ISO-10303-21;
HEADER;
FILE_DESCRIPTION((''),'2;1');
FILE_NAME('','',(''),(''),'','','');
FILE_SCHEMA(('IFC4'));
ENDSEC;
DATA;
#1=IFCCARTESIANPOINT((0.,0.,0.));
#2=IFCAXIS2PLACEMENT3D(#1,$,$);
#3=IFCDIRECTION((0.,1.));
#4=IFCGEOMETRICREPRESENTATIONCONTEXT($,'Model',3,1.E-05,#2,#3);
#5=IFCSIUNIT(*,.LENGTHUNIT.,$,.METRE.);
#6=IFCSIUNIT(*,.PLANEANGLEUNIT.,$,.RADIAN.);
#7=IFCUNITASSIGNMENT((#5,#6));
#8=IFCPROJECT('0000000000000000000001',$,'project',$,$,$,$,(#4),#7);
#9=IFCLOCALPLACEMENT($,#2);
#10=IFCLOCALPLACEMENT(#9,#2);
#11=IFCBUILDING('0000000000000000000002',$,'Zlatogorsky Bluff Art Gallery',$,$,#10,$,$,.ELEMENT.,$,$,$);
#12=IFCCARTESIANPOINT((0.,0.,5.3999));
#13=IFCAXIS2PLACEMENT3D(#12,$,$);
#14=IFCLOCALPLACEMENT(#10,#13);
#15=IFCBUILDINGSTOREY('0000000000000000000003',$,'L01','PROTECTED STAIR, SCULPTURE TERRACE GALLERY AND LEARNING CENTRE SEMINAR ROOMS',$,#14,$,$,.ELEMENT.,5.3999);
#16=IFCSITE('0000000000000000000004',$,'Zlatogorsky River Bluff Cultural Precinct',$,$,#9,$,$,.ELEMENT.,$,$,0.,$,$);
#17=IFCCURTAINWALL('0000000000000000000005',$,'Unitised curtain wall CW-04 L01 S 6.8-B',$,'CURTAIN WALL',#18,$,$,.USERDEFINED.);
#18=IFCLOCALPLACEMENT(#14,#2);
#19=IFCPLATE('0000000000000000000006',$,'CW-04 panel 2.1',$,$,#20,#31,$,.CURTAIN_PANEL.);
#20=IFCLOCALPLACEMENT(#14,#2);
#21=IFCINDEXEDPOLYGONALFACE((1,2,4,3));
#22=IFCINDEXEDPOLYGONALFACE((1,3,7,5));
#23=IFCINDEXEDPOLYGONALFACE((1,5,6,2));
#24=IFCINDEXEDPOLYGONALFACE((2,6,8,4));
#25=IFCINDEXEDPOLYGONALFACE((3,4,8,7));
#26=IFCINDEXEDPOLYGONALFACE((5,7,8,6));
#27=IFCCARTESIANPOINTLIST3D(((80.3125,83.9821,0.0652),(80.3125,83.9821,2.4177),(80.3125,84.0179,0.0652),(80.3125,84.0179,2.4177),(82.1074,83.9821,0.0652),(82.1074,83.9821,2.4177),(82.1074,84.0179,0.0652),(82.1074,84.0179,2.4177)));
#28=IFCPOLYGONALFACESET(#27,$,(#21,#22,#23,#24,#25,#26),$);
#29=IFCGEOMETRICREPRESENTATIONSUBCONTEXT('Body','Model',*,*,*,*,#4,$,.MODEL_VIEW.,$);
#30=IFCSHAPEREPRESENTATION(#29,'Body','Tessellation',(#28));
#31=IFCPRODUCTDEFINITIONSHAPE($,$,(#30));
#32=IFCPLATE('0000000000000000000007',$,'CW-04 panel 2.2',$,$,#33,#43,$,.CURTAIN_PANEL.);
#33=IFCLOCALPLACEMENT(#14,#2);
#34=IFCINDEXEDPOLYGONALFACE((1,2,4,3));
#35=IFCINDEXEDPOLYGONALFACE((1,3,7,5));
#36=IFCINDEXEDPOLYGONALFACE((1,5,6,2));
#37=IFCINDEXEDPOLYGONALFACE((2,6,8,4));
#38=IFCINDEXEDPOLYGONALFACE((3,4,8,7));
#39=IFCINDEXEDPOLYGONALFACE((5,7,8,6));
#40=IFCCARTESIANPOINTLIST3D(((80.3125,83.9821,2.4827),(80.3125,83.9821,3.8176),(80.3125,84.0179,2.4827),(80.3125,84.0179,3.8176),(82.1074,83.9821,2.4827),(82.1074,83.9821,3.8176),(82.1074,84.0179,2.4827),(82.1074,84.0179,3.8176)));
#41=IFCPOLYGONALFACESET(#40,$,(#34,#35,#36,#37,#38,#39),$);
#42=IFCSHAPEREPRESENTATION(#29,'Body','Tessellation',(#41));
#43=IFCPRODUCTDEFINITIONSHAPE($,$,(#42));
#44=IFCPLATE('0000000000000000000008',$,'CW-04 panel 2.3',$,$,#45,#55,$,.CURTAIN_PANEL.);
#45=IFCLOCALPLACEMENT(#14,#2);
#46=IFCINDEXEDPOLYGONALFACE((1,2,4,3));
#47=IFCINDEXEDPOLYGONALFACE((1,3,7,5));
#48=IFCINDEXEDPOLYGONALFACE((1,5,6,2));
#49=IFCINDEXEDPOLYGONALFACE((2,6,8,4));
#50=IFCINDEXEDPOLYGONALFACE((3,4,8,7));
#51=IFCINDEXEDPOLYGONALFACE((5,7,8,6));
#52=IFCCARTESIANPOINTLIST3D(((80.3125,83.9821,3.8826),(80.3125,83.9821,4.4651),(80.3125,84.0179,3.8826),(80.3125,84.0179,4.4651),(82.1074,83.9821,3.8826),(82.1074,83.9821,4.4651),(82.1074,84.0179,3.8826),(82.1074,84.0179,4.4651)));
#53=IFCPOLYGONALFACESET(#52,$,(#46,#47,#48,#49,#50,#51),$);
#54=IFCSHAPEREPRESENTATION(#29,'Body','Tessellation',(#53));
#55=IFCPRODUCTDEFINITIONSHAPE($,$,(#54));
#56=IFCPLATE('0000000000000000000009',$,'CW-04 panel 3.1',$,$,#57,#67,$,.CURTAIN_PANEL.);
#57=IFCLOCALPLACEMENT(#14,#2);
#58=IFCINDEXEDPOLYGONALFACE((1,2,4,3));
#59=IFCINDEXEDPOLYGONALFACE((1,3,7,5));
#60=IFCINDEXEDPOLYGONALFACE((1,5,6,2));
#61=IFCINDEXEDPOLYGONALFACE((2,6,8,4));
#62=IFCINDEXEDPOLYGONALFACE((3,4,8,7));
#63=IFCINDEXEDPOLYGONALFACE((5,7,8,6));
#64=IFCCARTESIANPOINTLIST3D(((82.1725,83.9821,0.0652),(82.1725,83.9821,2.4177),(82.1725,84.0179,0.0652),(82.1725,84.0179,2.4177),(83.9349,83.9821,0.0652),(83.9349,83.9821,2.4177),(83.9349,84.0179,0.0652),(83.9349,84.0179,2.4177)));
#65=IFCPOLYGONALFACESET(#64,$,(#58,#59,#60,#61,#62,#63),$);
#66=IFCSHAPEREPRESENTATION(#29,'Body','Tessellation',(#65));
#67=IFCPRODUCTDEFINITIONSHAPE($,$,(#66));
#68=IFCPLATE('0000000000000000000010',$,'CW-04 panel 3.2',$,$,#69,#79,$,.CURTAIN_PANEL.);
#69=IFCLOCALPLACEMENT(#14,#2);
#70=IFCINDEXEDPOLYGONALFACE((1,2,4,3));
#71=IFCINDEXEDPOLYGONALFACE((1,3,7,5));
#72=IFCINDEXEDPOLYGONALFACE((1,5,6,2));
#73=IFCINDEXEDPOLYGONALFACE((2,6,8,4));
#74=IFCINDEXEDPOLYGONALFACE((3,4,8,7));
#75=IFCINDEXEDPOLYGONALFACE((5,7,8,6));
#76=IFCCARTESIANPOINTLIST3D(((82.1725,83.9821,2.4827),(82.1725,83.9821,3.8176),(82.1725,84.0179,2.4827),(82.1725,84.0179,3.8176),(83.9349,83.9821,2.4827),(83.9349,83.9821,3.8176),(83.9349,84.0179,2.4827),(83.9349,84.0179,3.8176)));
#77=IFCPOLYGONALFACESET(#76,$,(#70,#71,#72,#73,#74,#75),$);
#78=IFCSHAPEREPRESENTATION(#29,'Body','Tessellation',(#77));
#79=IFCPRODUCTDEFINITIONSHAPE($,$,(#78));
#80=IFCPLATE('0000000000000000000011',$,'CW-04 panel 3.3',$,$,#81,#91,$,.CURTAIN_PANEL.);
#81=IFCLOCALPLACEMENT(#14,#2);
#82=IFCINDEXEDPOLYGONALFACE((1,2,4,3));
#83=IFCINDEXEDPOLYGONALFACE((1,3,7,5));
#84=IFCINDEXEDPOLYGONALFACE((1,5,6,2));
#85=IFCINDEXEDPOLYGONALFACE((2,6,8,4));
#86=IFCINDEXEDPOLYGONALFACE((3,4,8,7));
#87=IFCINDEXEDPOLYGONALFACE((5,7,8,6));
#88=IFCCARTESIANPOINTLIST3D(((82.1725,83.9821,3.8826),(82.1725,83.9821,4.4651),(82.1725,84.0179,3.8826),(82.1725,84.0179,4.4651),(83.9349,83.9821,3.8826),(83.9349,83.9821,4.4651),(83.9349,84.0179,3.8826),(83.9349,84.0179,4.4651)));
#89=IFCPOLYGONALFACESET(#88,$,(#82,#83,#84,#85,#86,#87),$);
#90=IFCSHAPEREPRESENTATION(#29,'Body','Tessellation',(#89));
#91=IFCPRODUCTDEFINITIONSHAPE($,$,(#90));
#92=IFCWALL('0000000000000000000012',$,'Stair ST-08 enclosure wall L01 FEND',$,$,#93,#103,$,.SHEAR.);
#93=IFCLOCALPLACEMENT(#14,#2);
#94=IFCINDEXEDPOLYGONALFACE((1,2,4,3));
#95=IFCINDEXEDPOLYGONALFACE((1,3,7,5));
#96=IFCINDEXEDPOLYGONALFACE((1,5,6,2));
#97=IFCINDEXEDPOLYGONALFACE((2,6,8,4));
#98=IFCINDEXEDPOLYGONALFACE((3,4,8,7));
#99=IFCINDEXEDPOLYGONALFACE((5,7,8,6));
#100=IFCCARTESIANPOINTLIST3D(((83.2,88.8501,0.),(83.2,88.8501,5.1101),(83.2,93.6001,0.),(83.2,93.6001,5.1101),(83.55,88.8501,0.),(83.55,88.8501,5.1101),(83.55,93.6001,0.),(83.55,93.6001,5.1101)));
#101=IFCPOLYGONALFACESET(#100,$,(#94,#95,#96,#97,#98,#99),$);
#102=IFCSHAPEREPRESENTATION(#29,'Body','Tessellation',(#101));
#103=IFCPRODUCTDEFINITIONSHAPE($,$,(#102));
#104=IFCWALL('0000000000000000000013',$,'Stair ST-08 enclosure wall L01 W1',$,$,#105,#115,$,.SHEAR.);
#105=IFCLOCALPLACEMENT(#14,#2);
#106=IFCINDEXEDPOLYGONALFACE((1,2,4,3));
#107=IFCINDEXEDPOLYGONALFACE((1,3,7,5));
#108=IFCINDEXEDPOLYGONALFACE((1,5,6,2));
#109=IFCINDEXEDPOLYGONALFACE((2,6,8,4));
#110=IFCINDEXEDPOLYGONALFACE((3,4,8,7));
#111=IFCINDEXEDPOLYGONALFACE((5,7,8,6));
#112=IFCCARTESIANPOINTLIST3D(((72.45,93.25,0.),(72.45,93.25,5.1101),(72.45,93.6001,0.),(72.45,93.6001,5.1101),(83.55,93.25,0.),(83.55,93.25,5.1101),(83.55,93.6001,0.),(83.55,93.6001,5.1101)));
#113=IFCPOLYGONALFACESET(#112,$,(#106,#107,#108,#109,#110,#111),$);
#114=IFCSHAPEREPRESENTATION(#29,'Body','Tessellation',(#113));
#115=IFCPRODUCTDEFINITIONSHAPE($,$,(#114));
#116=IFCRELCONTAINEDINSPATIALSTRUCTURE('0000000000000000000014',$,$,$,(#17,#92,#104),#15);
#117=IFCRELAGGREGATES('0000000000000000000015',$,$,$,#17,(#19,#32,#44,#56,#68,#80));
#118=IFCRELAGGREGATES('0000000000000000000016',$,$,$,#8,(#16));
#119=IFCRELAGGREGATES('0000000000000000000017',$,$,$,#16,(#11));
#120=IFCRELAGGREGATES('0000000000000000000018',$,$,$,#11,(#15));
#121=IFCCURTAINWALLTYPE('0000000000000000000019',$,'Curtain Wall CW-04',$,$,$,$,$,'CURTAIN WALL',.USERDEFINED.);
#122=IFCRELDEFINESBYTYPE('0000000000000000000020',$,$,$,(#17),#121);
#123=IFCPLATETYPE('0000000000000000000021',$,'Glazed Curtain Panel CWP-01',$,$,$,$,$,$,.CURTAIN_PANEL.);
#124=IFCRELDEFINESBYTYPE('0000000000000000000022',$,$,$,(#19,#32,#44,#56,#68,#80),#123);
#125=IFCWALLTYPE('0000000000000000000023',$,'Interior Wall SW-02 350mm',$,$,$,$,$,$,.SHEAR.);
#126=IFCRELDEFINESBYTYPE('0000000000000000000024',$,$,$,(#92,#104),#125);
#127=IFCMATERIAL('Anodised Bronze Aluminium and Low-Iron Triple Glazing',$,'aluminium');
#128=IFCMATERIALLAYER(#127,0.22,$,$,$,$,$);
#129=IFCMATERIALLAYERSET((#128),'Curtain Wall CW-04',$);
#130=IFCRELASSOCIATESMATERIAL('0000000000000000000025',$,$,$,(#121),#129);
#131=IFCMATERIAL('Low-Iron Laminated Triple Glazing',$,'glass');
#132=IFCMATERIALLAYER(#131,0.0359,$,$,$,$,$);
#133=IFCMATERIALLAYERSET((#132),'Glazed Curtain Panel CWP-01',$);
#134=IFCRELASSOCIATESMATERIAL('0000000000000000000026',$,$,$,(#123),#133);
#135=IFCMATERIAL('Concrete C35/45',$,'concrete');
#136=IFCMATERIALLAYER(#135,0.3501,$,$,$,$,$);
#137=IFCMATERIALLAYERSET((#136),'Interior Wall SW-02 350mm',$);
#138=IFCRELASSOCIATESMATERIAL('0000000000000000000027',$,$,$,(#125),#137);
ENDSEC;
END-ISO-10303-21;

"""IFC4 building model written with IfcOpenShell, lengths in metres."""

from ifc_helpers import new_model, si_unit, direction, frame, frame_2d, origin, origin_2d, place, context, subcontext, project, spatial, rectangle, extrude, material, layer, layer_set, type_object, element, aggregate, save


model = new_model("IFC4")

# Units and contexts
model_context = context("Model", 3, precision=1e-05, world=origin(), true_north=direction((0.0, 1.0)))
body_context = subcontext(model_context, "Body", "Model", "MODEL_VIEW")
ifc_project = project(units=[si_unit("LENGTHUNIT", "METRE"), si_unit("PLANEANGLEUNIT", "RADIAN")], contexts=[model_context])

# Site, building, storey
site_placement = place(None, origin())
site = spatial("IfcSite", under=ifc_project, at=site_placement, Name="Zlatogorsky River Bluff Cultural Precinct", CompositionType="ELEMENT", RefElevation=0.0)
building_placement = place(site_placement, origin())
building = spatial("IfcBuilding", under=site, at=building_placement, Name="Zlatogorsky Bluff Art Gallery", CompositionType="ELEMENT")
storey_placement = place(building_placement, frame((0.0, 0.0, 5.3999)))
storey = spatial("IfcBuildingStorey", under=building, at=storey_placement, Name="L01", Description="PROTECTED STAIR, SCULPTURE TERRACE GALLERY AND LEARNING CENTRE SEMINAR ROOMS", CompositionType="ELEMENT", Elevation=5.3999)

# Curtain wall
ifc_material_1 = material(Name="Anodised Bronze Aluminium and Low-Iron Triple Glazing", Category="aluminium")
ifc_layer_1 = layer(ifc_material_1, 0.22)
ifc_layer_set_1 = layer_set([ifc_layer_1], Name="Curtain Wall CW-04")
curtain_wall_type = type_object("IfcCurtainWallType", Name="Curtain Wall CW-04", ElementType="CURTAIN WALL", PredefinedType="USERDEFINED", material=ifc_layer_set_1)
curtain_wall_1_placement = place(storey_placement, origin())
curtain_wall_1 = element("IfcCurtainWall", 1, at=curtain_wall_1_placement, inside=storey, type_object=curtain_wall_type, Name="Unitised curtain wall CW-04 L01 S 6.8-B", ObjectType="CURTAIN WALL", PredefinedType="USERDEFINED")

# Plates
ifc_material_2 = material(Name="Low-Iron Laminated Triple Glazing", Category="glass")
ifc_layer_2 = layer(ifc_material_2, 0.0359)
ifc_layer_set_2 = layer_set([ifc_layer_2], Name="Glazed Curtain Panel CWP-01")
plate_type = type_object("IfcPlateType", Name="Glazed Curtain Panel CWP-01", PredefinedType="CURTAIN_PANEL", material=ifc_layer_set_2)
plate_1_placement = place(storey_placement, frame((81.21, 84.0, 0.0652), z_axis=(0.0, 0.0, 1.0), x_axis=(1.0, 0.0, 0.0)))
plate_1 = element("IfcPlate", 2, at=plate_1_placement, type_object=plate_type, Name="CW-04 panel 2.1", PredefinedType="CURTAIN_PANEL", context=body_context, shape_type="SweptSolid", body=[
    extrude(rectangle(XDim=1.7949, YDim=0.0359, at=origin_2d()), origin(), (0.0, 0.0, 1.0), 2.3525),
])
plate_2_placement = place(storey_placement, frame((81.21, 84.0, 2.4827), z_axis=(0.0, 0.0, 1.0), x_axis=(1.0, 0.0, 0.0)))
plate_2 = element("IfcPlate", 3, at=plate_2_placement, type_object=plate_type, Name="CW-04 panel 2.2", PredefinedType="CURTAIN_PANEL", context=body_context, shape_type="SweptSolid", body=[
    extrude(rectangle(XDim=1.7949, YDim=0.0359, at=origin_2d()), origin(), (0.0, 0.0, 1.0), 1.335),
])
plate_3_placement = place(storey_placement, frame((81.21, 84.0, 3.8826), z_axis=(0.0, 0.0, 1.0), x_axis=(1.0, 0.0, 0.0)))
plate_3 = element("IfcPlate", 4, at=plate_3_placement, type_object=plate_type, Name="CW-04 panel 2.3", PredefinedType="CURTAIN_PANEL", context=body_context, shape_type="SweptSolid", body=[
    extrude(rectangle(XDim=1.7949, YDim=0.0359, at=origin_2d()), origin(), (0.0, 0.0, 1.0), 0.5825),
])
plate_4_placement = place(storey_placement, frame((83.0537, 84.0, 0.0652), z_axis=(0.0, 0.0, 1.0), x_axis=(1.0, 0.0, 0.0)))
plate_4 = element("IfcPlate", 5, at=plate_4_placement, type_object=plate_type, Name="CW-04 panel 3.1", PredefinedType="CURTAIN_PANEL", context=body_context, shape_type="SweptSolid", body=[
    extrude(rectangle(XDim=1.7625, YDim=0.0359, at=origin_2d()), origin(), (0.0, 0.0, 1.0), 2.3525),
])
plate_5_placement = place(storey_placement, frame((83.0537, 84.0, 2.4827), z_axis=(0.0, 0.0, 1.0), x_axis=(1.0, 0.0, 0.0)))
plate_5 = element("IfcPlate", 6, at=plate_5_placement, type_object=plate_type, Name="CW-04 panel 3.2", PredefinedType="CURTAIN_PANEL", context=body_context, shape_type="SweptSolid", body=[
    extrude(rectangle(XDim=1.7625, YDim=0.0359, at=origin_2d()), origin(), (0.0, 0.0, 1.0), 1.335),
])
plate_6_placement = place(storey_placement, frame((83.0537, 84.0, 3.8826), z_axis=(0.0, 0.0, 1.0), x_axis=(1.0, 0.0, 0.0)))
plate_6 = element("IfcPlate", 7, at=plate_6_placement, type_object=plate_type, Name="CW-04 panel 3.3", PredefinedType="CURTAIN_PANEL", context=body_context, shape_type="SweptSolid", body=[
    extrude(rectangle(XDim=1.7625, YDim=0.0359, at=origin_2d()), origin(), (0.0, 0.0, 1.0), 0.5825),
])
aggregate(curtain_wall_1, [plate_1, plate_2, plate_3, plate_4, plate_5, plate_6])

# Walls
ifc_material_3 = material(Name="Concrete C35/45", Category="concrete")
ifc_layer_3 = layer(ifc_material_3, 0.3501)
ifc_layer_set_3 = layer_set([ifc_layer_3], Name="Interior Wall SW-02 350mm")
wall_type = type_object("IfcWallType", Name="Interior Wall SW-02 350mm", PredefinedType="SHEAR", material=ifc_layer_set_3)
wall_1_placement = place(storey_placement, frame((83.375, 88.8501, 0.0), z_axis=(0.0, 0.0, 1.0), x_axis=(0.0, 1.0, 0.0)))
element("IfcWall", 8, at=wall_1_placement, inside=storey, type_object=wall_type, Name="Stair ST-08 enclosure wall L01 FEND", PredefinedType="SHEAR", context=body_context, shape_type="SweptSolid", body=[
    extrude(rectangle(XDim=4.75, YDim=0.3501, at=frame_2d((2.375, 0.0))), origin(), (0.0, 0.0, 1.0), 5.1101),
])
wall_2_placement = place(storey_placement, frame((83.55, 93.425, 0.0), z_axis=(0.0, 0.0, 1.0), x_axis=(-1.0, 0.0, 0.0)))
element("IfcWall", 9, at=wall_2_placement, inside=storey, type_object=wall_type, Name="Stair ST-08 enclosure wall L01 W1", PredefinedType="SHEAR", context=body_context, shape_type="SweptSolid", body=[
    extrude(rectangle(XDim=11.1001, YDim=0.3501, at=frame_2d((5.55, 0.0))), origin(), (0.0, 0.0, 1.0), 5.1101),
])

save(model, "model.ifc")
